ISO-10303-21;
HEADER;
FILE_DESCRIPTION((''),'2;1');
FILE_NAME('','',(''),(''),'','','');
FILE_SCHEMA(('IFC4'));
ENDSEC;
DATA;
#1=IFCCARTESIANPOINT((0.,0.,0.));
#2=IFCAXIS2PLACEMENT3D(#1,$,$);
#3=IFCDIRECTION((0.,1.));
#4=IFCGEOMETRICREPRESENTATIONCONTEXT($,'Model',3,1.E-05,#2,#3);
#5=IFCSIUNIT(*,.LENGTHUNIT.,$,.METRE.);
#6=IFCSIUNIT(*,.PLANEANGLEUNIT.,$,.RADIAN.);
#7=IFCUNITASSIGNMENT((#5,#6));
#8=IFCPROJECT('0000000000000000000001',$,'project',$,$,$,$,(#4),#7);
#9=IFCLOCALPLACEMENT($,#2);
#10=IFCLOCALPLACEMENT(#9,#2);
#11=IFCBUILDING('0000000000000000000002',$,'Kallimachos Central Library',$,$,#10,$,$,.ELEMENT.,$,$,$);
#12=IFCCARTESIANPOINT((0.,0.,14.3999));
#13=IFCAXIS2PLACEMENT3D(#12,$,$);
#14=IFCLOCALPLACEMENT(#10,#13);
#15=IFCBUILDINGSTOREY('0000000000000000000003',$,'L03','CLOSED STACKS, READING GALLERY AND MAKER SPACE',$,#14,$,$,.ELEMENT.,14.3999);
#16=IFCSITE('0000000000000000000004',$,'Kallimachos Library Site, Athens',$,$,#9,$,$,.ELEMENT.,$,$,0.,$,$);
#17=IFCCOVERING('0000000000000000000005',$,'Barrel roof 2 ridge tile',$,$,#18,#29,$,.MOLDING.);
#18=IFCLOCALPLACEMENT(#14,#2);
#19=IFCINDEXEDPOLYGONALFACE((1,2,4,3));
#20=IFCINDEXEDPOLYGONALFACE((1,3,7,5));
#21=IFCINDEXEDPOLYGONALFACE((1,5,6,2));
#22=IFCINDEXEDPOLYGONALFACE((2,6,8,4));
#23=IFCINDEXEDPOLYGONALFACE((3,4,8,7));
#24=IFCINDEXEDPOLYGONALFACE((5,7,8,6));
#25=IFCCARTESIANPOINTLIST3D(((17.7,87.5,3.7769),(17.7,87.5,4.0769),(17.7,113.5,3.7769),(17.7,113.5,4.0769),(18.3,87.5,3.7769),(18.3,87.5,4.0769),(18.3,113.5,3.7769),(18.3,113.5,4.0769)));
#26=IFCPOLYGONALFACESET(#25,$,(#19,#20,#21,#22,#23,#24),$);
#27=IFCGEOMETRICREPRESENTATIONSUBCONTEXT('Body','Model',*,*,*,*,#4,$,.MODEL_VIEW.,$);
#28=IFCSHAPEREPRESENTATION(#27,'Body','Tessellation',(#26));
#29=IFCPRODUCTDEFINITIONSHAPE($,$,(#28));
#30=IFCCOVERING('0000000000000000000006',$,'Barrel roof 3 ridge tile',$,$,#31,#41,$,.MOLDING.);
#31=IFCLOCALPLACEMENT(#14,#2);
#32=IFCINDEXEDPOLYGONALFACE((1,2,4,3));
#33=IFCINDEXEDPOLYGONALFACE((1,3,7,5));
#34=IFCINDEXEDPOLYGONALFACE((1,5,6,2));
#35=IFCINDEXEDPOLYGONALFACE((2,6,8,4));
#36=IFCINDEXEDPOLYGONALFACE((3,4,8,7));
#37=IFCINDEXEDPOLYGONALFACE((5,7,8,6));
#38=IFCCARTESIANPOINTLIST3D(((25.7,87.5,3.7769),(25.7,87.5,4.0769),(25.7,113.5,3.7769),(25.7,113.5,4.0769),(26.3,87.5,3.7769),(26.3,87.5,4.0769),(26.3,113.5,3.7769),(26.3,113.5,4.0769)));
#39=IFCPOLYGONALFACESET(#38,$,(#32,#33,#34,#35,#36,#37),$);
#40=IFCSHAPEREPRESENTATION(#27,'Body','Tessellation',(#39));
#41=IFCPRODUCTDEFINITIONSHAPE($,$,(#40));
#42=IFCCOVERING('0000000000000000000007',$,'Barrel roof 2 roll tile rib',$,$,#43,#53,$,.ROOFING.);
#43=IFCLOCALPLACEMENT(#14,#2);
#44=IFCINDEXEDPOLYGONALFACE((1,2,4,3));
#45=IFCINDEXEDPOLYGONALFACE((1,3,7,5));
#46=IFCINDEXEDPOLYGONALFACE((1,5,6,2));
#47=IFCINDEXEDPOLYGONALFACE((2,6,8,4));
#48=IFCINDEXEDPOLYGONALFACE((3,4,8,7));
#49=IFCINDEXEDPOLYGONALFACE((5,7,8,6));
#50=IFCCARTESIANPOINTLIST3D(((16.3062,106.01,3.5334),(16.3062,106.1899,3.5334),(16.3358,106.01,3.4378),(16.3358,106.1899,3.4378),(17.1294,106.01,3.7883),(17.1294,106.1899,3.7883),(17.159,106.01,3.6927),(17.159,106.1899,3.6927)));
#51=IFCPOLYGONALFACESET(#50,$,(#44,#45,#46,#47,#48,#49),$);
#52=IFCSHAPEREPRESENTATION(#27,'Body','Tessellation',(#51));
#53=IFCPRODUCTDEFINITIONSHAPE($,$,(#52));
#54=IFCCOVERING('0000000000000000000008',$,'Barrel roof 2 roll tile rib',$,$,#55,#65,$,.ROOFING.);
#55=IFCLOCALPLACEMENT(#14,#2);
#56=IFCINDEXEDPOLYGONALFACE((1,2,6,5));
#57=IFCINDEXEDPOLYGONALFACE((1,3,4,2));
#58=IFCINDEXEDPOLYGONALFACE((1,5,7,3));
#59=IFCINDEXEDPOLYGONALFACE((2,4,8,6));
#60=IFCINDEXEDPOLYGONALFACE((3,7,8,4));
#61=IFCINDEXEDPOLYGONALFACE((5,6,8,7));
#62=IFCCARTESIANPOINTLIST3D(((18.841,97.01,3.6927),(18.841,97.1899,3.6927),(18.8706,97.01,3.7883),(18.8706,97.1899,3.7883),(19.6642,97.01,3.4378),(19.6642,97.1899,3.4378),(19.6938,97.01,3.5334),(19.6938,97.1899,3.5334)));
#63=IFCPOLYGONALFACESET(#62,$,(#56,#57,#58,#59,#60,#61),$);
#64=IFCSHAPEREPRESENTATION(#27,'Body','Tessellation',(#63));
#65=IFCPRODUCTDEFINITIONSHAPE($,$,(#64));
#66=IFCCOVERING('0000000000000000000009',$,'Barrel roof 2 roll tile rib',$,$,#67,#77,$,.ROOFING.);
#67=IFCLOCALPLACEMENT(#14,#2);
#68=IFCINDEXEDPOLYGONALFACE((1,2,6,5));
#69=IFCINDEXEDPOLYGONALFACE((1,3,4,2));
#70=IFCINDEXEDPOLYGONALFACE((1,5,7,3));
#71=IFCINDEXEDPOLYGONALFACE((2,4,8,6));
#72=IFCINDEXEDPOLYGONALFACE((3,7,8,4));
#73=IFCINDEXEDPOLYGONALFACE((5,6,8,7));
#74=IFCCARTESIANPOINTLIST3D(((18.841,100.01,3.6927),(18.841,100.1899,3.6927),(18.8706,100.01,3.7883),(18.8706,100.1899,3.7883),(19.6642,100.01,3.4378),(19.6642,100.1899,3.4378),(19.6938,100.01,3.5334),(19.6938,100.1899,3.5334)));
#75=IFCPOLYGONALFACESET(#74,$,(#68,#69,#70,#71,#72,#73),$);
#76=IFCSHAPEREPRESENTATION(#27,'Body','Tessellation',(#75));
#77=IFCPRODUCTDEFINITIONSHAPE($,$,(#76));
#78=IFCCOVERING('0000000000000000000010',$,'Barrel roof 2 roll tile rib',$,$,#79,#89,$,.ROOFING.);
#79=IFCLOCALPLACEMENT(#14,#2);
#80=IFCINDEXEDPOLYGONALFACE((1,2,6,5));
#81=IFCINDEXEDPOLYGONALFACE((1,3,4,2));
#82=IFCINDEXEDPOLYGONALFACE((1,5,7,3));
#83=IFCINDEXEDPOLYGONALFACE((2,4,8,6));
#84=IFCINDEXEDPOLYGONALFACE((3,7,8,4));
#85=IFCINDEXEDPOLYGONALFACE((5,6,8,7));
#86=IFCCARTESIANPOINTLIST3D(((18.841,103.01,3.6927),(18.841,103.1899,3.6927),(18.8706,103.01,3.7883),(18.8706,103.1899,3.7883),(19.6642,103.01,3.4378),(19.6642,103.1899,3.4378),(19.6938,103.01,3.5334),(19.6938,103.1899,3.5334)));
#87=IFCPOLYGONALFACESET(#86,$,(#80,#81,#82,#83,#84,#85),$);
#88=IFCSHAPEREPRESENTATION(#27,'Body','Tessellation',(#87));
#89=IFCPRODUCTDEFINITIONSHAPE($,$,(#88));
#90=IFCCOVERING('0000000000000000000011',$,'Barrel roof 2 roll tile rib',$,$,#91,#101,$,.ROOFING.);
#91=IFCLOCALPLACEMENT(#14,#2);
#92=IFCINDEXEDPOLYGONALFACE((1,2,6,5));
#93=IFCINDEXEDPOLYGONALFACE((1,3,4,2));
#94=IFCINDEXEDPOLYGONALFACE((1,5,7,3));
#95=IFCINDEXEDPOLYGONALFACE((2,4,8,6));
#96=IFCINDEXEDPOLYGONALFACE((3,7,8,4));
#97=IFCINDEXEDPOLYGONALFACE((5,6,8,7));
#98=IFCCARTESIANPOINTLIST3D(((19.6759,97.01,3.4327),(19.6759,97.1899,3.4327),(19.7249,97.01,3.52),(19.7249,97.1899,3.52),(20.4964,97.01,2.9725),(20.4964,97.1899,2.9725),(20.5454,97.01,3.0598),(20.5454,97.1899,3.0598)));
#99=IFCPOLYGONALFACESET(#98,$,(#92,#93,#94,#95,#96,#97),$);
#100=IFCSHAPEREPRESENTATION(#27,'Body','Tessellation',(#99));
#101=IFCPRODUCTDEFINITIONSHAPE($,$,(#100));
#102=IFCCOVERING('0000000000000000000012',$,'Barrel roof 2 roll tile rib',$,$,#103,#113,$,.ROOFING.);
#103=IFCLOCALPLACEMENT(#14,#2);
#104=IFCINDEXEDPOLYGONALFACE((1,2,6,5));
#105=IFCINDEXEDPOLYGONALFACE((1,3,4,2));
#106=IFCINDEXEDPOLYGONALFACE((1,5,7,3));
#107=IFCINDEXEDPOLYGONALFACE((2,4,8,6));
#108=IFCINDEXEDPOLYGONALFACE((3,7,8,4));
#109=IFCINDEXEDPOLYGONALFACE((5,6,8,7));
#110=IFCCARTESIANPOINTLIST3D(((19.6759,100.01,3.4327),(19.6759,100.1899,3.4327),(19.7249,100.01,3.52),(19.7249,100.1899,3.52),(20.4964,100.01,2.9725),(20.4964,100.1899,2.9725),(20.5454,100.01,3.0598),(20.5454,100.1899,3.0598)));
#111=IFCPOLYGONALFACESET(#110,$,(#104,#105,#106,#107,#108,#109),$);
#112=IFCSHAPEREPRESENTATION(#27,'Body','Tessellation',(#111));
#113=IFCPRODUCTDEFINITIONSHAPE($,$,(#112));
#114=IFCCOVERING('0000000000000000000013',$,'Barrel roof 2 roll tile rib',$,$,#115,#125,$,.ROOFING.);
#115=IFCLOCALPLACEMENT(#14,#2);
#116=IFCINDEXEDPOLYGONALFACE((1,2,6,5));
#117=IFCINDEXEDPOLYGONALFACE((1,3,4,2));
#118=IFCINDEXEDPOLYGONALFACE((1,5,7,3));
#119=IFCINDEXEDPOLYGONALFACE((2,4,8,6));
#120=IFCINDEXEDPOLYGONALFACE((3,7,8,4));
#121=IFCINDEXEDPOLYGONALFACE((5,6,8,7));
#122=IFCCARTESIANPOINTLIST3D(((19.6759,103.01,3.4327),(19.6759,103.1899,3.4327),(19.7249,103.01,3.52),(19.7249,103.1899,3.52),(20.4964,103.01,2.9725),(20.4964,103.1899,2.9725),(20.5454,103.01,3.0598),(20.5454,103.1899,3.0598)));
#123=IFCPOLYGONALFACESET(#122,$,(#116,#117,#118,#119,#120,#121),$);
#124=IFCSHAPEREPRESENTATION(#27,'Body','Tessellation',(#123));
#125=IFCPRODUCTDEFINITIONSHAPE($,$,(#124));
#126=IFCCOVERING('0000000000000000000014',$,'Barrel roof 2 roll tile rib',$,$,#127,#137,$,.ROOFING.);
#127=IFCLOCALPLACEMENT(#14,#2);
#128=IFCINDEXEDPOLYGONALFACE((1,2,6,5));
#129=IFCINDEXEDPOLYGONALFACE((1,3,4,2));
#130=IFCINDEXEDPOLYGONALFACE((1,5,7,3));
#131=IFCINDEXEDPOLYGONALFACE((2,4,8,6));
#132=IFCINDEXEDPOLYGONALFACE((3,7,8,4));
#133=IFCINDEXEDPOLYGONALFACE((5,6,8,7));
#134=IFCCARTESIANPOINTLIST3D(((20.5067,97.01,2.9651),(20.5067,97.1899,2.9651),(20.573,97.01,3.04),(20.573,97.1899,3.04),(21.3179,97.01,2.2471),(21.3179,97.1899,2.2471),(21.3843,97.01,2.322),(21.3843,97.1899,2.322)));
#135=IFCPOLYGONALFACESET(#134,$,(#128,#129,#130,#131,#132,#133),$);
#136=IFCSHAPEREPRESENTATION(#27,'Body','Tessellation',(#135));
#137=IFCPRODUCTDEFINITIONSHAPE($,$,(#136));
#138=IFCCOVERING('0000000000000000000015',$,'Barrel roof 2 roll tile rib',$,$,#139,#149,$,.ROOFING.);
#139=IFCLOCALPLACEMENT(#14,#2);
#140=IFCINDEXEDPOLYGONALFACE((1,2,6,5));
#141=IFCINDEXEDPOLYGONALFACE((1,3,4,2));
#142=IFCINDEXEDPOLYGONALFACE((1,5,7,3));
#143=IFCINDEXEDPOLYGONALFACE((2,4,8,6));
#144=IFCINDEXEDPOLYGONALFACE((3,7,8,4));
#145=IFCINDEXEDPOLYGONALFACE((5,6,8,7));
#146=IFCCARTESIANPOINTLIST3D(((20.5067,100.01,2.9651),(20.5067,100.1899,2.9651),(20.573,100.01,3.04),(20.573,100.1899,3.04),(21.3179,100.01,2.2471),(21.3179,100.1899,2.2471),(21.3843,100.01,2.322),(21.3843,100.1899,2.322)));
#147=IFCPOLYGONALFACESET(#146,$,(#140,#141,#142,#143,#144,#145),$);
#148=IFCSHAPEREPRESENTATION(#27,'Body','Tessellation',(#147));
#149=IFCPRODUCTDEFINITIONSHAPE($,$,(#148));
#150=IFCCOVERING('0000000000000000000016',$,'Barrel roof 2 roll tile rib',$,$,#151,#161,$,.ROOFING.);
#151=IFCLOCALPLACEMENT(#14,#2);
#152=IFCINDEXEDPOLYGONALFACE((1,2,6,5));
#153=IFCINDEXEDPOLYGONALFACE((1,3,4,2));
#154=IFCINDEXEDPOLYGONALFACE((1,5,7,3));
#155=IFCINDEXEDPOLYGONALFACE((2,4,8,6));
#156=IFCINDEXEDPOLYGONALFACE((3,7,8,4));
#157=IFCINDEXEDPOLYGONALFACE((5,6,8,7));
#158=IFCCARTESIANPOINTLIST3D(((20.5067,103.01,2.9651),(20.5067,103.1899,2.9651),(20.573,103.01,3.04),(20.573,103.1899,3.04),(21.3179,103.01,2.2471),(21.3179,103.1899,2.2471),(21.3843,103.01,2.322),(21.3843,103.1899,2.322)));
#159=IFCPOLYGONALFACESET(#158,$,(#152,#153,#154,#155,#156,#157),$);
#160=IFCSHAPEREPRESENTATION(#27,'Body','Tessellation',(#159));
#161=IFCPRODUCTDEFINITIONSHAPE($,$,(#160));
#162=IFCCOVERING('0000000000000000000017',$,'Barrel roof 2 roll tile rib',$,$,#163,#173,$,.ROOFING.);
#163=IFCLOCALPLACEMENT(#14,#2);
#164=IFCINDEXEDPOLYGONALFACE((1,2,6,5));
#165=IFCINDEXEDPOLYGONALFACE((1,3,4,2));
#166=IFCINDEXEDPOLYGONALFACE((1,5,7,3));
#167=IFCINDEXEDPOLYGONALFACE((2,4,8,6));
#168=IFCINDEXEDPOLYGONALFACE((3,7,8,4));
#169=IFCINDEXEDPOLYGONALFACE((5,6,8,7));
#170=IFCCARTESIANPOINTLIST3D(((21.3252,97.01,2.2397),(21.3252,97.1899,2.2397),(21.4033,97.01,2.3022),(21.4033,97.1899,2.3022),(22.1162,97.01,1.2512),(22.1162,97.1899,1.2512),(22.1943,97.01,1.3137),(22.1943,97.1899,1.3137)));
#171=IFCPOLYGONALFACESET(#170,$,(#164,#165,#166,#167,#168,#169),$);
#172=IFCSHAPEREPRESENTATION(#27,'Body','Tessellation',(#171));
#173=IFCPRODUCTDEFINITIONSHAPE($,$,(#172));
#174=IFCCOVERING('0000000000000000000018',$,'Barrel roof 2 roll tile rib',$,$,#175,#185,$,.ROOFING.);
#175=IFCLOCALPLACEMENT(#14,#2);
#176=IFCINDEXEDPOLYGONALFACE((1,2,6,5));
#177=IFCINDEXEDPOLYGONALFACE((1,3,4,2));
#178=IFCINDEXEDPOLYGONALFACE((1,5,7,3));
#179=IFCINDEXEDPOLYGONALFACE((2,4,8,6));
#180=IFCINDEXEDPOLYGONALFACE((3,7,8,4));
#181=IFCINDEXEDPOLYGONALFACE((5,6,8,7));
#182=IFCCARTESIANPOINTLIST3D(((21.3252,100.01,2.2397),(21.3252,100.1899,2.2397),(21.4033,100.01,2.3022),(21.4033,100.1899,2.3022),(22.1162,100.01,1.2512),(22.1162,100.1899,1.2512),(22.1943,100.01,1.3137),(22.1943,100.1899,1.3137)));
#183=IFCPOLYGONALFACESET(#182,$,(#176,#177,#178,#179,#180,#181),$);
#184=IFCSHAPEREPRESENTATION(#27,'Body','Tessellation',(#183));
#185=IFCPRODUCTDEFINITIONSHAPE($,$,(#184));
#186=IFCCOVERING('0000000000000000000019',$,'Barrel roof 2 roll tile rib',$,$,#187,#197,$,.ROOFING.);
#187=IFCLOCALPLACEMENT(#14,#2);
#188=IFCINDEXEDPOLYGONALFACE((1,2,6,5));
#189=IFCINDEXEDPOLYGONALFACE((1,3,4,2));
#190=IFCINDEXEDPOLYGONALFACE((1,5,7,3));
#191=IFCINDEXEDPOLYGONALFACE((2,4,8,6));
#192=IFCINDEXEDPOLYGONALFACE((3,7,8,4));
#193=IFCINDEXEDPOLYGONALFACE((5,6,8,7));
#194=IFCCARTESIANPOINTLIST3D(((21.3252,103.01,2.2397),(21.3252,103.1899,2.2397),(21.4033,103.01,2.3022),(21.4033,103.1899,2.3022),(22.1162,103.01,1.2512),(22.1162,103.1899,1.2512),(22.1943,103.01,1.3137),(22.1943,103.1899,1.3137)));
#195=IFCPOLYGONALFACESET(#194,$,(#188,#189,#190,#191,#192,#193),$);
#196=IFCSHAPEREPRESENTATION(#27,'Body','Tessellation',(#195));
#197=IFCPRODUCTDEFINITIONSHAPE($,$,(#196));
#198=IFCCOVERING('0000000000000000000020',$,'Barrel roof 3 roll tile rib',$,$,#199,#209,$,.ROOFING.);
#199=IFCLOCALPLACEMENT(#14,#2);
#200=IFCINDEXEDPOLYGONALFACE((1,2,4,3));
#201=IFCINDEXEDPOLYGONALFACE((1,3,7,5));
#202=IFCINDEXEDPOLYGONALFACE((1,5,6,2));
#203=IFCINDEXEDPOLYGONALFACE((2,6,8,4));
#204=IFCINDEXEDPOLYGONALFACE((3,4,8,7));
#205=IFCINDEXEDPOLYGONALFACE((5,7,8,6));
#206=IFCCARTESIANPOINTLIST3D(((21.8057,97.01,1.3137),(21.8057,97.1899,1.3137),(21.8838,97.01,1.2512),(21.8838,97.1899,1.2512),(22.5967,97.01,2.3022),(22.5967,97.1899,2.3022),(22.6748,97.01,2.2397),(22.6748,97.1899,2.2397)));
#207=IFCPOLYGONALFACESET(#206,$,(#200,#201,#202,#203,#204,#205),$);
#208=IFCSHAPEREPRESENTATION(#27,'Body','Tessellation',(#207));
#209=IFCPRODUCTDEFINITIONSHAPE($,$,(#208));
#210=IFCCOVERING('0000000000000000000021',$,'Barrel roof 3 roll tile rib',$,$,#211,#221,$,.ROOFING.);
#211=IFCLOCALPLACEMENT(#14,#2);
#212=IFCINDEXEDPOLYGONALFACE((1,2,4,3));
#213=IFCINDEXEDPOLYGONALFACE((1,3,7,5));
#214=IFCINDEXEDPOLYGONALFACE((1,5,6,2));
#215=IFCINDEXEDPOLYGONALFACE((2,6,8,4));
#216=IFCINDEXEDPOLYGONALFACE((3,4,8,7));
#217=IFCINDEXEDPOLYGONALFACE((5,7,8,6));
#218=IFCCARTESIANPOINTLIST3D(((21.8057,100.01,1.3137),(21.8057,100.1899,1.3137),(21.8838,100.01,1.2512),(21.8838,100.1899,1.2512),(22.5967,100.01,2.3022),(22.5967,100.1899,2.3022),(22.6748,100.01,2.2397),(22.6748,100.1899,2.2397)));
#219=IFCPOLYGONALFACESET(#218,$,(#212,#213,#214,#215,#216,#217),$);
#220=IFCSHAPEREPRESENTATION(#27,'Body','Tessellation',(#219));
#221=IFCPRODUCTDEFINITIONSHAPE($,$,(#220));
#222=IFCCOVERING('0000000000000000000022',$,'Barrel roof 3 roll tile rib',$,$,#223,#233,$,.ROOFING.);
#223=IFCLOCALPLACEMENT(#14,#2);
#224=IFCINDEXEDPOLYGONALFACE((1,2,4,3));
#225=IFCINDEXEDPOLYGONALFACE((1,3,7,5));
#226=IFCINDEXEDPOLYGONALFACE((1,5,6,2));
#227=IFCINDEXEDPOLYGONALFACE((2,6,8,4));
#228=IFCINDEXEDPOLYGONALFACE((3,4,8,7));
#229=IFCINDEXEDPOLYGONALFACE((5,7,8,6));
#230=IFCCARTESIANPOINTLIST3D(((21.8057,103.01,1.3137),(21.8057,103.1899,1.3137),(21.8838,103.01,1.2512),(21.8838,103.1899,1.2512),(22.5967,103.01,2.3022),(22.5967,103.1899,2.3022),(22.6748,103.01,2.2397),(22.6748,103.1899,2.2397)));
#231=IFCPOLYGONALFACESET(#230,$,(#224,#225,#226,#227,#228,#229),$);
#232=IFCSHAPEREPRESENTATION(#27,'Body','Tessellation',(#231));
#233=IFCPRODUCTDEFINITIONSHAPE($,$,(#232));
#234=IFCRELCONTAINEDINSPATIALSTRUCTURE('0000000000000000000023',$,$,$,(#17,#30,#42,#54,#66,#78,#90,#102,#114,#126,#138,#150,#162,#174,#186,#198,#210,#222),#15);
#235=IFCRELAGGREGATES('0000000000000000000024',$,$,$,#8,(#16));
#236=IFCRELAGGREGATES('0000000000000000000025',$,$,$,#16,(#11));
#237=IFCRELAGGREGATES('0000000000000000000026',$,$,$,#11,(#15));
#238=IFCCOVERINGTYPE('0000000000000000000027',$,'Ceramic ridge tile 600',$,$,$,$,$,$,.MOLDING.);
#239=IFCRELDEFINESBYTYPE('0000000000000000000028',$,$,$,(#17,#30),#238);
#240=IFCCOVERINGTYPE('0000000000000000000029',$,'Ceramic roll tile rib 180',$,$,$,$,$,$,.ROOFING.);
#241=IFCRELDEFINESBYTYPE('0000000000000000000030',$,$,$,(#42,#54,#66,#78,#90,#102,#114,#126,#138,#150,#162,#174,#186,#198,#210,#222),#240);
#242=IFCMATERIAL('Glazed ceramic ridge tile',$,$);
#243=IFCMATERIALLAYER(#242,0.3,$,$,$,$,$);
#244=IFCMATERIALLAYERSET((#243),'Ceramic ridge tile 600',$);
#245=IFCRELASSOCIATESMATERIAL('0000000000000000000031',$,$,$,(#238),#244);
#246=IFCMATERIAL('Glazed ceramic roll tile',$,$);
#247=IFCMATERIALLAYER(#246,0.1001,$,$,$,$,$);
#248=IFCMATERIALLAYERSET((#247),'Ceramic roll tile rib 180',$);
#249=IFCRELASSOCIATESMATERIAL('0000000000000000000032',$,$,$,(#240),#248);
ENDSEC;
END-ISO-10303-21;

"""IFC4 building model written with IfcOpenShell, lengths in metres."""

from ifc_helpers import new_model, si_unit, direction, frame, origin, origin_2d, place, context, subcontext, project, spatial, polyline, rectangle, outline, extrude, material, layer, layer_set, type_object, element, save


model = new_model("IFC4")

# Units and contexts
model_context = context("Model", 3, precision=1e-05, world=origin(), true_north=direction((0.0, 1.0)))
body_context = subcontext(model_context, "Body", "Model", "MODEL_VIEW")
ifc_project = project(units=[si_unit("LENGTHUNIT", "METRE"), si_unit("PLANEANGLEUNIT", "RADIAN")], contexts=[model_context])

# Site, building, storey
site_placement = place(None, origin())
site = spatial("IfcSite", under=ifc_project, at=site_placement, Name="Kallimachos Library Site, Athens", CompositionType="ELEMENT", RefElevation=0.0)
building_placement = place(site_placement, origin())
building = spatial("IfcBuilding", under=site, at=building_placement, Name="Kallimachos Central Library", CompositionType="ELEMENT")
storey_placement = place(building_placement, frame((0.0, 0.0, 14.3999)))
storey = spatial("IfcBuildingStorey", under=building, at=storey_placement, Name="L03", Description="CLOSED STACKS, READING GALLERY AND MAKER SPACE", CompositionType="ELEMENT", Elevation=14.3999)

# Coverings
ifc_material_1 = material(Name="Glazed ceramic ridge tile")
ifc_layer_1 = layer(ifc_material_1, 0.3)
ifc_layer_set_1 = layer_set([ifc_layer_1], Name="Ceramic ridge tile 600")
covering_type_1 = type_object("IfcCoveringType", Name="Ceramic ridge tile 600", PredefinedType="MOLDING", material=ifc_layer_set_1)
for number, where, z_axis, x_axis, name in (
    (1, (18.0, 100.5, 3.7769), (0.0, 0.0, 1.0), (1.0, 0.0, 0.0), "Barrel roof 2 ridge tile"),
    (2, (26.0, 100.5, 3.7769), (0.0, 0.0, 1.0), (1.0, 0.0, 0.0), "Barrel roof 3 ridge tile"),
):
    element("IfcCovering", number, at=place(storey_placement, frame(where, z_axis=z_axis, x_axis=x_axis)), inside=storey, type_object=covering_type_1, Name=name, PredefinedType="MOLDING", context=body_context, shape_type="SweptSolid", body=[
        extrude(rectangle(XDim=0.6001, YDim=26.0, at=origin_2d()), origin(), (0.0, 0.0, 1.0), 0.3),
    ])
ifc_material_2 = material(Name="Glazed ceramic roll tile")
ifc_layer_2 = layer(ifc_material_2, 0.1001)
ifc_layer_set_2 = layer_set([ifc_layer_2], Name="Ceramic roll tile rib 180")
covering_type_2 = type_object("IfcCoveringType", Name="Ceramic roll tile rib 180", PredefinedType="ROOFING", material=ifc_layer_set_2)
for number, where, z_axis, x_axis, name in (
    (3, (16.3062, 106.01, 3.5334), (-0.295758, 0.0, 0.955263), (0.955263, 0.0, 0.295758), "Barrel roof 2 roll tile rib"),
    (4, (18.8706, 97.01, 3.7883), (0.295758, 0.0, 0.955263), (0.955263, 0.0, -0.295758), "Barrel roof 2 roll tile rib"),
    (5, (18.8706, 100.01, 3.7883), (0.295758, 0.0, 0.955263), (0.955263, 0.0, -0.295758), "Barrel roof 2 roll tile rib"),
    (6, (18.8706, 103.01, 3.7883), (0.295758, 0.0, 0.955263), (0.955263, 0.0, -0.295758), "Barrel roof 2 roll tile rib"),
):
    element("IfcCovering", number, at=place(storey_placement, frame(where, z_axis=z_axis, x_axis=x_axis)), inside=storey, type_object=covering_type_2, Name=name, PredefinedType="ROOFING", context=body_context, shape_type="SweptSolid", body=[
        extrude(outline(polyline([(0.0, 0.0), (0.8618, 0.0), (0.8618, 0.1799), (0.0, 0.1799), (0.0, 0.0)])), origin(), (0.0, 0.0, -1.0), 0.1001),
    ])
for number, where, z_axis, x_axis, name in (
    (7, (19.7249, 97.01, 3.52), (0.489164, 0.0, 0.872192), (0.872192, 0.0, -0.489164), "Barrel roof 2 roll tile rib"),
    (8, (19.7249, 100.01, 3.52), (0.489164, 0.0, 0.872192), (0.872192, 0.0, -0.489164), "Barrel roof 2 roll tile rib"),
    (9, (19.7249, 103.01, 3.52), (0.489164, 0.0, 0.872192), (0.872192, 0.0, -0.489164), "Barrel roof 2 roll tile rib"),
):
    element("IfcCovering", number, at=place(storey_placement, frame(where, z_axis=z_axis, x_axis=x_axis)), inside=storey, type_object=covering_type_2, Name=name, PredefinedType="ROOFING", context=body_context, shape_type="SweptSolid", body=[
        extrude(outline(polyline([(0.0, 0.0), (0.9408, 0.0), (0.9408, 0.1799), (0.0, 0.1799), (0.0, 0.0)])), origin(), (0.0, 0.0, -1.0), 0.1001),
    ])
for number, where, z_axis, x_axis, name in (
    (10, (20.573, 97.01, 3.04), (0.662754, 0.0, 0.748837), (0.748837, 0.0, -0.662754), "Barrel roof 2 roll tile rib"),
    (11, (20.573, 100.01, 3.04), (0.662754, 0.0, 0.748837), (0.748837, 0.0, -0.662754), "Barrel roof 2 roll tile rib"),
    (12, (20.573, 103.01, 3.04), (0.662754, 0.0, 0.748837), (0.748837, 0.0, -0.662754), "Barrel roof 2 roll tile rib"),
):
    element("IfcCovering", number, at=place(storey_placement, frame(where, z_axis=z_axis, x_axis=x_axis)), inside=storey, type_object=covering_type_2, Name=name, PredefinedType="ROOFING", context=body_context, shape_type="SweptSolid", body=[
        extrude(outline(polyline([(0.0, 0.0), (1.0834, 0.0), (1.0834, 0.1799), (0.0, 0.1799), (0.0, 0.0)])), origin(), (0.0, 0.0, -1.0), 0.1001),
    ])
for number, where, z_axis, x_axis, name in (
    (13, (21.4033, 97.01, 2.3022), (0.780794, 0.0, 0.624789), (0.624789, 0.0, -0.780794), "Barrel roof 2 roll tile rib"),
    (14, (21.4033, 100.01, 2.3022), (0.780794, 0.0, 0.624789), (0.624789, 0.0, -0.780794), "Barrel roof 2 roll tile rib"),
    (15, (21.4033, 103.01, 2.3022), (0.780794, 0.0, 0.624789), (0.624789, 0.0, -0.780794), "Barrel roof 2 roll tile rib"),
    (16, (21.8057, 97.01, 1.3137), (-0.780794, 0.0, 0.624789), (0.624789, 0.0, 0.780794), "Barrel roof 3 roll tile rib"),
    (17, (21.8057, 100.01, 1.3137), (-0.780794, 0.0, 0.624789), (0.624789, 0.0, 0.780794), "Barrel roof 3 roll tile rib"),
    (18, (21.8057, 103.01, 1.3137), (-0.780794, 0.0, 0.624789), (0.624789, 0.0, 0.780794), "Barrel roof 3 roll tile rib"),
):
    element("IfcCovering", number, at=place(storey_placement, frame(where, z_axis=z_axis, x_axis=x_axis)), inside=storey, type_object=covering_type_2, Name=name, PredefinedType="ROOFING", context=body_context, shape_type="SweptSolid", body=[
        extrude(outline(polyline([(0.0, 0.0), (1.2661, 0.0), (1.2661, 0.1799), (0.0, 0.1799), (0.0, 0.0)])), origin(), (0.0, 0.0, -1.0), 0.1001),
    ])

save(model, "model.ifc")
